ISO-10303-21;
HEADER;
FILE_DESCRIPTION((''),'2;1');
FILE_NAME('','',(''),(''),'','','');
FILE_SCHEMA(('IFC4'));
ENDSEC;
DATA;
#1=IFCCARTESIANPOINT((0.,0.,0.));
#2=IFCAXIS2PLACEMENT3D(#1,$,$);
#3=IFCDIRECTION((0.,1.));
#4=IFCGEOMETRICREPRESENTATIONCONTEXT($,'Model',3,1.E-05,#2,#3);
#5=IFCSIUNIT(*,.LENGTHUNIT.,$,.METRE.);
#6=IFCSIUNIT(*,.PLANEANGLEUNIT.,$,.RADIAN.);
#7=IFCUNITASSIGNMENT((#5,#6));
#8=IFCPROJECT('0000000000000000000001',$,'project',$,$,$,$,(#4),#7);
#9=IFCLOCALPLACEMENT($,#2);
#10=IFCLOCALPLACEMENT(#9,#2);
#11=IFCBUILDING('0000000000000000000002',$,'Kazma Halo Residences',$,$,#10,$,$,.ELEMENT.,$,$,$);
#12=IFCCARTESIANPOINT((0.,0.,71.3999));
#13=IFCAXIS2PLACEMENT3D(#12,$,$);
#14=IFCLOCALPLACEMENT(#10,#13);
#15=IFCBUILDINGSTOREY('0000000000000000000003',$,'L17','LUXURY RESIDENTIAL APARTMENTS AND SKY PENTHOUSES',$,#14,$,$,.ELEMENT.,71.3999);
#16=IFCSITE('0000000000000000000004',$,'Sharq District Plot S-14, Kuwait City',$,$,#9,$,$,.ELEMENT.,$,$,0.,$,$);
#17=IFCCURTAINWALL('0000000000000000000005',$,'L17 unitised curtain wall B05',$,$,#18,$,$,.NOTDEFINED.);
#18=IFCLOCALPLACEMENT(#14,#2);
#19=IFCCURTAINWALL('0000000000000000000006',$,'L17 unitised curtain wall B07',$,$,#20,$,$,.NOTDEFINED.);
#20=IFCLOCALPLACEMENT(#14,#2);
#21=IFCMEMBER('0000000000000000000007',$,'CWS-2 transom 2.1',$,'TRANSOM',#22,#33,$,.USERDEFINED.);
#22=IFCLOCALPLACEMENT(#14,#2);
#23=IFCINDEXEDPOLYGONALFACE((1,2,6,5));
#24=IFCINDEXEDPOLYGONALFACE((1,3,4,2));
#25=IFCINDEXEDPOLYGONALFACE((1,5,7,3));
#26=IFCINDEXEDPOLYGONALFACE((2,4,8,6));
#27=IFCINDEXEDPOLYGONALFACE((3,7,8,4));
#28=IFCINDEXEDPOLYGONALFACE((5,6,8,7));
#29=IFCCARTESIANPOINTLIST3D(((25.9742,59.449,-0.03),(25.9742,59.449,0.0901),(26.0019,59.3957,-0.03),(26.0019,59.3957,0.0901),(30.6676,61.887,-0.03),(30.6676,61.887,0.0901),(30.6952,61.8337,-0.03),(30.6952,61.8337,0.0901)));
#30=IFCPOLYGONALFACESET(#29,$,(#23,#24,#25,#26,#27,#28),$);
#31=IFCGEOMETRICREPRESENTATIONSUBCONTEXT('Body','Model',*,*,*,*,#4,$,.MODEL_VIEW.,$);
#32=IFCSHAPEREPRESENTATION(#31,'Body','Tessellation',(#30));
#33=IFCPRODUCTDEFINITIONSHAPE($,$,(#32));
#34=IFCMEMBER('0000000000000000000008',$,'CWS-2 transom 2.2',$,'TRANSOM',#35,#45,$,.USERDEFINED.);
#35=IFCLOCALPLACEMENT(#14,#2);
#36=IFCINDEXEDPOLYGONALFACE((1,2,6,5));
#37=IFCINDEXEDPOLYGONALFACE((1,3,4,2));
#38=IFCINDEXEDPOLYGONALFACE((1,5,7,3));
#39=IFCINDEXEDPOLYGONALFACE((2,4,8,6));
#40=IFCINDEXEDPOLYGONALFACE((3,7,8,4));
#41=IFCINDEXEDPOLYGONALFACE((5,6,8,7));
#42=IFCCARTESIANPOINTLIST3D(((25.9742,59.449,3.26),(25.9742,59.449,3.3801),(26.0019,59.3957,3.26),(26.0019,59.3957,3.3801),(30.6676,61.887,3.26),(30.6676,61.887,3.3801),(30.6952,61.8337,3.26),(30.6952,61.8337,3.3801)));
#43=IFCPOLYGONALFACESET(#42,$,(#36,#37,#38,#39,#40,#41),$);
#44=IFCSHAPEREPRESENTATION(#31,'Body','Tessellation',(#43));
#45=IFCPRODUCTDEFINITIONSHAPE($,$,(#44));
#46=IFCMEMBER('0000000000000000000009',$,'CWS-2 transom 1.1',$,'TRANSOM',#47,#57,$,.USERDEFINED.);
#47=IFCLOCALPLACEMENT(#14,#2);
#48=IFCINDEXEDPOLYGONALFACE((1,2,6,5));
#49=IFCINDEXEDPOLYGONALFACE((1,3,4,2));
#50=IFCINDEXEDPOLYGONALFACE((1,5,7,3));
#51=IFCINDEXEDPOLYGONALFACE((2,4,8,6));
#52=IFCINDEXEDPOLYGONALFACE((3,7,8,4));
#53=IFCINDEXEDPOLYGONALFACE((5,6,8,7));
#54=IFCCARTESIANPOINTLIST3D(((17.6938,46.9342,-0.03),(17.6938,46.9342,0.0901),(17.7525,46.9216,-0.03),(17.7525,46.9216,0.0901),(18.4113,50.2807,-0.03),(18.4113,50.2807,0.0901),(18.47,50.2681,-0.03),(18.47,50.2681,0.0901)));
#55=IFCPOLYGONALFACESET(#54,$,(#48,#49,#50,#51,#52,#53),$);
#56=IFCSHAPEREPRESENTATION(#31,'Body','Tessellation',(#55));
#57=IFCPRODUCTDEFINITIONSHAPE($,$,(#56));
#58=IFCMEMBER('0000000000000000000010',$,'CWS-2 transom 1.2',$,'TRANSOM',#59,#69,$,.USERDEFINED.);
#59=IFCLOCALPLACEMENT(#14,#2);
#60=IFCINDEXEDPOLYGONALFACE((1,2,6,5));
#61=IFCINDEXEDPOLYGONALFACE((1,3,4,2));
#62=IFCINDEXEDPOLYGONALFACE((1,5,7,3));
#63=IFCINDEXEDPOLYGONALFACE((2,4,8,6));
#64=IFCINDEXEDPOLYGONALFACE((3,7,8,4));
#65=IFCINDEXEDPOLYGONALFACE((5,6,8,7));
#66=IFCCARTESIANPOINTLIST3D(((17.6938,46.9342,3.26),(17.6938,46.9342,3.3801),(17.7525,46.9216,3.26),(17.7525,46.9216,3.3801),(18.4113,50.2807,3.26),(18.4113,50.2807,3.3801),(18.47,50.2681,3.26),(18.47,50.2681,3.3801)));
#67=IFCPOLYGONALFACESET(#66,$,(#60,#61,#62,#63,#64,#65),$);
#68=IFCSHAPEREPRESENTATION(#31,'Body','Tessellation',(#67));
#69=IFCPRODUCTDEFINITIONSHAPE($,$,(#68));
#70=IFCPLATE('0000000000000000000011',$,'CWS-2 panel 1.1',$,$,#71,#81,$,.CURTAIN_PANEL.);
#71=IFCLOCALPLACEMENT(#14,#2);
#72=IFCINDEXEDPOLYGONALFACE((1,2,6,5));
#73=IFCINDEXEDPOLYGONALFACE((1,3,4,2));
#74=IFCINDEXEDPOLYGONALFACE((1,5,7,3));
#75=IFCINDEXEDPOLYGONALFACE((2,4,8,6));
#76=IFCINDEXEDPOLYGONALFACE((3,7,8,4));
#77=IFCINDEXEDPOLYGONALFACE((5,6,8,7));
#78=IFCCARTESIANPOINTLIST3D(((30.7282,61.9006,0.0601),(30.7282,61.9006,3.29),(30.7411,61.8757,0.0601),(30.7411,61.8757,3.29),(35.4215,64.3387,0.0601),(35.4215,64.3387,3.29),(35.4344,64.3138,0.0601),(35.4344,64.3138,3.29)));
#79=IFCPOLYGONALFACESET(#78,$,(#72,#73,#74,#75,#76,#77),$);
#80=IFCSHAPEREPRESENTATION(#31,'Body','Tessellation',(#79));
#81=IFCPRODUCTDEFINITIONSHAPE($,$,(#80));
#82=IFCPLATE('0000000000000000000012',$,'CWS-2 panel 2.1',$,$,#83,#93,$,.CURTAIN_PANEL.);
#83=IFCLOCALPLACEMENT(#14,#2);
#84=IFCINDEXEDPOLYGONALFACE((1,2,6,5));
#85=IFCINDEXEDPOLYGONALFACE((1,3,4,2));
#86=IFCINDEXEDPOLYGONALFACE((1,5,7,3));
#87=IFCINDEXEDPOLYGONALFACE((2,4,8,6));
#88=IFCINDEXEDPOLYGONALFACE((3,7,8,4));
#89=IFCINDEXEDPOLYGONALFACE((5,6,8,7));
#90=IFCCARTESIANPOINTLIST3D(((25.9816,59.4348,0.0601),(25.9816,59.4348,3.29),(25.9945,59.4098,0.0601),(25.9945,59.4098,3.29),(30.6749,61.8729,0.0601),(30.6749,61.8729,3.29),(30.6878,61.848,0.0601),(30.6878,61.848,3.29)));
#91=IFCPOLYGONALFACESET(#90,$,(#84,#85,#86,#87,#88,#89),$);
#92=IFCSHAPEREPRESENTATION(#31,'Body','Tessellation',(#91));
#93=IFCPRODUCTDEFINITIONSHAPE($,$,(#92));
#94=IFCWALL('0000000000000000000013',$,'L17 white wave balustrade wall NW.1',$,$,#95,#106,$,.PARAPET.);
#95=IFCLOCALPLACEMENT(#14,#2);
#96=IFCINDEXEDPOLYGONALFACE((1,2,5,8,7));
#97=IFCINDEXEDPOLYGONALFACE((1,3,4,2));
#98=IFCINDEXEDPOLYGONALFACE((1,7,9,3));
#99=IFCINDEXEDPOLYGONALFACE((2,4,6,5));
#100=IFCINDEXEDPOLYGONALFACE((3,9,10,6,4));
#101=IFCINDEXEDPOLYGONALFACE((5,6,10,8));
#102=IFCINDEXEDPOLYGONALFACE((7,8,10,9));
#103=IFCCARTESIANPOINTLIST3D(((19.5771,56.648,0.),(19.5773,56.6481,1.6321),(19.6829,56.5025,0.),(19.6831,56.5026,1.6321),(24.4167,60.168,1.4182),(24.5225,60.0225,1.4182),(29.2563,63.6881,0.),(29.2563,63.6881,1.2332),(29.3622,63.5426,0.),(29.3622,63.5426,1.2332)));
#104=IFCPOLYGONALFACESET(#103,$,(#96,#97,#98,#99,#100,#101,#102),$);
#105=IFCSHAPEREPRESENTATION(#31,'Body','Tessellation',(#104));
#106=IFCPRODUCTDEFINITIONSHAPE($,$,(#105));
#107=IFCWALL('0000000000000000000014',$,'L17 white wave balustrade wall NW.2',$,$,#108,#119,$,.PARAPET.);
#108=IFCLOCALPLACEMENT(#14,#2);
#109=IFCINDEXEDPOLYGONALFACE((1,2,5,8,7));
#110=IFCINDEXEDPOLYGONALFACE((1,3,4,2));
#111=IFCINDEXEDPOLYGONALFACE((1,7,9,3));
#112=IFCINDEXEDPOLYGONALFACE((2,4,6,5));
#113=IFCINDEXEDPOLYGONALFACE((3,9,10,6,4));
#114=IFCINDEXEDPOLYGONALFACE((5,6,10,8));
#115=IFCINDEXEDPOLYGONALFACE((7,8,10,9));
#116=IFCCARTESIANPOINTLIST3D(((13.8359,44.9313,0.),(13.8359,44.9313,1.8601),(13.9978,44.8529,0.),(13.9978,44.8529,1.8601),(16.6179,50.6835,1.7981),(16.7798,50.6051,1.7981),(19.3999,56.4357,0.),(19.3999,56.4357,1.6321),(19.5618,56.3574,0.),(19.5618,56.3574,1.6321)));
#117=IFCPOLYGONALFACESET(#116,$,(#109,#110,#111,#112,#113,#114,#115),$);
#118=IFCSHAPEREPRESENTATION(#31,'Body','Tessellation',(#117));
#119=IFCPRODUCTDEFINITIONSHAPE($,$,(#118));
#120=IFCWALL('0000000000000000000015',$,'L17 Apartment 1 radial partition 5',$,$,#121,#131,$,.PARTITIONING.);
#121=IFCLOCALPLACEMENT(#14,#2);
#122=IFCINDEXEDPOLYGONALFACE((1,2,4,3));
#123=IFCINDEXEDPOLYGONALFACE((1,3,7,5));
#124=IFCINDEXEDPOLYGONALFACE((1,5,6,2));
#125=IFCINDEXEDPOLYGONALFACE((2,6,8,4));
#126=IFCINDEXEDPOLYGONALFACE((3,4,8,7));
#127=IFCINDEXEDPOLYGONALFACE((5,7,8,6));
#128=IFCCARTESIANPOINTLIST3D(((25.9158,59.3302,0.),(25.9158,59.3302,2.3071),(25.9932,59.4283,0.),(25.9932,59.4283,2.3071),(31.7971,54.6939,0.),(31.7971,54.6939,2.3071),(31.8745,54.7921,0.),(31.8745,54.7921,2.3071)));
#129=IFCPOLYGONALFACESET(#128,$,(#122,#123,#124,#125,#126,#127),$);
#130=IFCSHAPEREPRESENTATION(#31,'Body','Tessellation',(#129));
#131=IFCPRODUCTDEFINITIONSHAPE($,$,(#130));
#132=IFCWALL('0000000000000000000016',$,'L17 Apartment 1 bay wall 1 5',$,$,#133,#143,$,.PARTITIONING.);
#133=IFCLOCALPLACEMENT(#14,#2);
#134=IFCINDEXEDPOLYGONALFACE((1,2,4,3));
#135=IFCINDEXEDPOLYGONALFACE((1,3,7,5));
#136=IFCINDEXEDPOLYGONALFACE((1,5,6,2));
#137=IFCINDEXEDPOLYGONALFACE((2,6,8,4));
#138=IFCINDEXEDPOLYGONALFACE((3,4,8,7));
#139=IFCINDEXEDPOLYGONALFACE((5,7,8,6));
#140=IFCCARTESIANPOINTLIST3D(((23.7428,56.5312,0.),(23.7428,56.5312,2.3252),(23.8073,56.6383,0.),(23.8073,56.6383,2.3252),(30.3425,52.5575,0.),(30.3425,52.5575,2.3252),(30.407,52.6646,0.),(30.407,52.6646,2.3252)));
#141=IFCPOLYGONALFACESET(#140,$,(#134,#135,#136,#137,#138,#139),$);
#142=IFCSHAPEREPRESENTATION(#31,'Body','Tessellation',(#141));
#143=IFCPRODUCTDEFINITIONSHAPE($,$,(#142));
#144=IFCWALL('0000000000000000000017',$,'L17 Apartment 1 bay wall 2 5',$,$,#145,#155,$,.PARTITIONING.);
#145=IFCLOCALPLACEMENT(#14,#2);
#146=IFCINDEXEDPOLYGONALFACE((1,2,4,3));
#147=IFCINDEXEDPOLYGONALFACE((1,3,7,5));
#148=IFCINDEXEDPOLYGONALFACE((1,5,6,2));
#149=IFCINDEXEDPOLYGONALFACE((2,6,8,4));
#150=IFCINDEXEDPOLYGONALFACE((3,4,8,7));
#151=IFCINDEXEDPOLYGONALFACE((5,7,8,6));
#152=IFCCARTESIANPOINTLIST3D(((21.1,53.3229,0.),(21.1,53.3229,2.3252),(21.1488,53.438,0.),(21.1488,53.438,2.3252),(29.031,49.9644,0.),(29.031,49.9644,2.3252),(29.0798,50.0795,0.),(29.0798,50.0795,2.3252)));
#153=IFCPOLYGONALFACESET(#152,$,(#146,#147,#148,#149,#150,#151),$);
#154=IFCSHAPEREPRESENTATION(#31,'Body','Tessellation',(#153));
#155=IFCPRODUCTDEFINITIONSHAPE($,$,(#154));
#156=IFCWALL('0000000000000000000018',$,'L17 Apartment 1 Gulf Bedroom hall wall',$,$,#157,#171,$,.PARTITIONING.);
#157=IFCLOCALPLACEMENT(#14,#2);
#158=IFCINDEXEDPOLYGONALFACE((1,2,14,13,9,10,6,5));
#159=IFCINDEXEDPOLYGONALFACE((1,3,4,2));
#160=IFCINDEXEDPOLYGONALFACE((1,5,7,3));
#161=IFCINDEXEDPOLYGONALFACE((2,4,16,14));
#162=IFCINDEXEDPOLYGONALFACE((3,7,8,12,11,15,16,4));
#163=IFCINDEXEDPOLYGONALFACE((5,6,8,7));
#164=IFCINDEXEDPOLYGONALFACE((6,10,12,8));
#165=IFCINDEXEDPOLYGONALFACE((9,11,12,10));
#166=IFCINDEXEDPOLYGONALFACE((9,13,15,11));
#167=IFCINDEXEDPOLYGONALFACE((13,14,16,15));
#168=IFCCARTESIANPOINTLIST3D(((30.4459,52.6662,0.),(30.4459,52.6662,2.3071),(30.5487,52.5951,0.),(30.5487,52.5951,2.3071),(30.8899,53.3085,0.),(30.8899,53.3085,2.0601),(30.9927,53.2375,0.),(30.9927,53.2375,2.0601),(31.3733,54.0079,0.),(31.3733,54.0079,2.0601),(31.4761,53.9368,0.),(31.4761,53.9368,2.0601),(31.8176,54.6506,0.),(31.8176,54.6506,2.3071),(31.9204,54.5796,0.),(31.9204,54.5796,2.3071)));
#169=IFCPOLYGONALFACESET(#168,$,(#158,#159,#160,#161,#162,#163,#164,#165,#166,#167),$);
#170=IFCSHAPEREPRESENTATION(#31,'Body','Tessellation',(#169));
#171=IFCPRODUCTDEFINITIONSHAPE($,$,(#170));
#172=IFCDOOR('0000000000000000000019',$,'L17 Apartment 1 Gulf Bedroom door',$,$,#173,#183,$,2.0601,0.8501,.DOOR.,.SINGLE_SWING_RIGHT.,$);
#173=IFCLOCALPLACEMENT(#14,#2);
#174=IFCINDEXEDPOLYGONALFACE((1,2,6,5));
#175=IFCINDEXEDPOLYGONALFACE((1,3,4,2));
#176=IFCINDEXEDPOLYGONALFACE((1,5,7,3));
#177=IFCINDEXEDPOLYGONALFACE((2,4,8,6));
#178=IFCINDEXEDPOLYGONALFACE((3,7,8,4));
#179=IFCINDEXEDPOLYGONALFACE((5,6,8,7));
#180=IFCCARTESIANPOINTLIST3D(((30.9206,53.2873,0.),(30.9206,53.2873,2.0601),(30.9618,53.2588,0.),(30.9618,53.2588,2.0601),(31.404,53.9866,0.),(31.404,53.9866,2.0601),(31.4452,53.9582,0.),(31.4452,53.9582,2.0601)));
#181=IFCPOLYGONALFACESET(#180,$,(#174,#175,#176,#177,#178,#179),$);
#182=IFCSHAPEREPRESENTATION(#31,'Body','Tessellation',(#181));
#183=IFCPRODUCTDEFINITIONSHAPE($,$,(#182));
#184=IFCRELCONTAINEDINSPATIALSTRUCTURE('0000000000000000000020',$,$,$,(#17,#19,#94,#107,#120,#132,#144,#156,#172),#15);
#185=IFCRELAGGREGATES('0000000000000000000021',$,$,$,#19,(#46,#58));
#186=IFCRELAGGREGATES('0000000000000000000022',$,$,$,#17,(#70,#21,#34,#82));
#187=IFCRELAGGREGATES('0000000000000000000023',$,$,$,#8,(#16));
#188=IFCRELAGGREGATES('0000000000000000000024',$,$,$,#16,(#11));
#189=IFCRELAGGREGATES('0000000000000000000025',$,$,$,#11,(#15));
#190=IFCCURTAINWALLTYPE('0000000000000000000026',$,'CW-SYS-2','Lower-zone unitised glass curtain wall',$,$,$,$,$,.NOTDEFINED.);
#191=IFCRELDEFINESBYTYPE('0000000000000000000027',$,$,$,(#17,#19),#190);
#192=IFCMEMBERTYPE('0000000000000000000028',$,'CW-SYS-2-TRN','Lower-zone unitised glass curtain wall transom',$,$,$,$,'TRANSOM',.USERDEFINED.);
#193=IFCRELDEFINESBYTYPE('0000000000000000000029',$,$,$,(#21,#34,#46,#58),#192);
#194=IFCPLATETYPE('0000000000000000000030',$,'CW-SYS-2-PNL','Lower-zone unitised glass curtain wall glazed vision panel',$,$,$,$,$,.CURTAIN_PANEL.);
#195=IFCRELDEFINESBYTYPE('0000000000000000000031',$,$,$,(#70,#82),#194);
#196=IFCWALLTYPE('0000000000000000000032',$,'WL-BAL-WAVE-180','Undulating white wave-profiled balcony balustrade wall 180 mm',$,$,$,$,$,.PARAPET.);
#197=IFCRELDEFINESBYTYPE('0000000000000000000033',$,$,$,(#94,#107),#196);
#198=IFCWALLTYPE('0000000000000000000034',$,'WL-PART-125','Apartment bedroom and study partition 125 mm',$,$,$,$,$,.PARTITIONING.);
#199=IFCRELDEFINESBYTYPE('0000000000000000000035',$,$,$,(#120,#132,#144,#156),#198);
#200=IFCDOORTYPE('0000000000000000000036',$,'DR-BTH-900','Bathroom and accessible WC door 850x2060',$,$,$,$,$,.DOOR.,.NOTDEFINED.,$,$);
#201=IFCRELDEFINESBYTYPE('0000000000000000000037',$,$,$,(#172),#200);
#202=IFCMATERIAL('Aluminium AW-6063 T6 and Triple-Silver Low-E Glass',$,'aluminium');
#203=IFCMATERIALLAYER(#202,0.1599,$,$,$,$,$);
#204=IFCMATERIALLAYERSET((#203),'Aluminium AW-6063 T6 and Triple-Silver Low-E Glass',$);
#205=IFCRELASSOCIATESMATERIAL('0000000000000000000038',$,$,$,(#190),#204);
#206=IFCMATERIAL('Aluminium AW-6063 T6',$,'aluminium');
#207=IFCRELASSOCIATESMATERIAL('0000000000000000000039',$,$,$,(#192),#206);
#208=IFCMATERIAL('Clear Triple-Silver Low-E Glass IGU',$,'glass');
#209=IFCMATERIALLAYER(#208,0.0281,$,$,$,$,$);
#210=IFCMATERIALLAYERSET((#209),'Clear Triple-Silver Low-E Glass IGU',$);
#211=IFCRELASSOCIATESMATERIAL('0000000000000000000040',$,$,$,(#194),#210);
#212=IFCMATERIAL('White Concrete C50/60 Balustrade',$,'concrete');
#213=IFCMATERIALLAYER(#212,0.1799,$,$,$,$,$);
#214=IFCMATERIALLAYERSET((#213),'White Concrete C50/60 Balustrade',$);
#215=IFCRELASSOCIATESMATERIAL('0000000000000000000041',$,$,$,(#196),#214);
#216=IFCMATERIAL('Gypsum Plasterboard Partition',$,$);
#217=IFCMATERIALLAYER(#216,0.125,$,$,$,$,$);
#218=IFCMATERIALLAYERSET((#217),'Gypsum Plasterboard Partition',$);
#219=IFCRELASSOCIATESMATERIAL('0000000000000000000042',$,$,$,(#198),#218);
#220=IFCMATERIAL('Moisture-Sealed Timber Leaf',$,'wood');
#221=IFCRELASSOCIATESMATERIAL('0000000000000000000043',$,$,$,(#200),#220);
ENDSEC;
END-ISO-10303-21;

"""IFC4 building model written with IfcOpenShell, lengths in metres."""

from ifc_helpers import new_model, si_unit, direction, frame, frame_2d, origin, origin_2d, place, context, subcontext, project, spatial, polyline, rectangle, outline, extrude, material, layer, layer_set, material_profile, profile_set, type_object, element, fill, aggregate, save


model = new_model("IFC4")

# Units and contexts
model_context = context("Model", 3, precision=1e-05, world=origin(), true_north=direction((0.0, 1.0)))
body_context = subcontext(model_context, "Body", "Model", "MODEL_VIEW")
ifc_project = project(units=[si_unit("LENGTHUNIT", "METRE"), si_unit("PLANEANGLEUNIT", "RADIAN")], contexts=[model_context])

# Site, building, storey
site_placement = place(None, origin())
site = spatial("IfcSite", under=ifc_project, at=site_placement, Name="Sharq District Plot S-14, Kuwait City", CompositionType="ELEMENT", RefElevation=0.0)
building_placement = place(site_placement, origin())
building = spatial("IfcBuilding", under=site, at=building_placement, Name="Kazma Halo Residences", CompositionType="ELEMENT")
storey_placement = place(building_placement, frame((0.0, 0.0, 71.3999)))
storey = spatial("IfcBuildingStorey", under=building, at=storey_placement, Name="L17", Description="LUXURY RESIDENTIAL APARTMENTS AND SKY PENTHOUSES", CompositionType="ELEMENT", Elevation=71.3999)

# Curtain wall
ifc_material_1 = material(Name="Aluminium AW-6063 T6 and Triple-Silver Low-E Glass", Category="aluminium")
ifc_layer_1 = layer(ifc_material_1, 0.1599)
ifc_layer_set_1 = layer_set([ifc_layer_1], Name="Aluminium AW-6063 T6 and Triple-Silver Low-E Glass")
curtain_wall_type = type_object("IfcCurtainWallType", Name="CW-SYS-2", Description="Lower-zone unitised glass curtain wall", PredefinedType="NOTDEFINED", material=ifc_layer_set_1)
curtain_wall_1_placement = place(storey_placement, origin())
curtain_wall_1 = element("IfcCurtainWall", 1, at=curtain_wall_1_placement, inside=storey, type_object=curtain_wall_type, Name="L17 unitised curtain wall B05", PredefinedType="NOTDEFINED")
ifc_material_2 = material(Name="Aluminium AW-6063 T6", Category="aluminium")

# Curtain wall
curtain_wall_2_placement = place(storey_placement, origin())
curtain_wall_2 = element("IfcCurtainWall", 2, at=curtain_wall_2_placement, inside=storey, type_object=curtain_wall_type, Name="L17 unitised curtain wall B07", PredefinedType="NOTDEFINED")

# Members
ifc_material_profile_1 = material_profile(ifc_material_2, rectangle(XDim=0.0601, YDim=0.1201, at=origin_2d()), Name="CWT-60x120")
ifc_profile_set_1 = profile_set([ifc_material_profile_1], Name="Aluminium AW-6063 T6")
member_type_1 = type_object("IfcMemberType", Name="CW-SYS-2-TRN", Description="Lower-zone unitised glass curtain wall transom", ElementType="TRANSOM", PredefinedType="USERDEFINED", material=ifc_profile_set_1)
member_1_placement = place(storey_placement, frame((30.6814, 61.8604, 0.03), z_axis=(-0.887415, -0.460972, 0.0), x_axis=(0.460972, -0.887415, 0.0)))
member_1 = element("IfcMember", 3, at=member_1_placement, type_object=member_type_1, Name="CWS-2 transom 2.1", ObjectType="TRANSOM", PredefinedType="USERDEFINED", context=body_context, shape_type="SweptSolid", body=[
    extrude(rectangle(XDim=0.0601, YDim=0.1201, at=origin_2d()), origin(), (0.0, 0.0, 1.0), 5.2888),
])
member_2_placement = place(storey_placement, frame((30.6814, 61.8604, 3.3201), z_axis=(-0.887415, -0.460972, 0.0), x_axis=(0.460972, -0.887415, 0.0)))
member_2 = element("IfcMember", 4, at=member_2_placement, type_object=member_type_1, Name="CWS-2 transom 2.2", ObjectType="TRANSOM", PredefinedType="USERDEFINED", context=body_context, shape_type="SweptSolid", body=[
    extrude(rectangle(XDim=0.0601, YDim=0.1201, at=origin_2d()), origin(), (0.0, 0.0, 1.0), 5.2888),
])
member_3_placement = place(storey_placement, frame((18.4407, 50.2744, 0.03), z_axis=(-0.209651, -0.977776, 0.0), x_axis=(0.977776, -0.209651, 0.0)))
member_3 = element("IfcMember", 5, at=member_3_placement, type_object=member_type_1, Name="CWS-2 transom 1.1", ObjectType="TRANSOM", PredefinedType="USERDEFINED", context=body_context, shape_type="SweptSolid", body=[
    extrude(rectangle(XDim=0.0601, YDim=0.1201, at=origin_2d()), origin(), (0.0, 0.0, 1.0), 3.4226),
])
member_4_placement = place(storey_placement, frame((18.4407, 50.2744, 3.3201), z_axis=(-0.209651, -0.977776, 0.0), x_axis=(0.977776, -0.209651, 0.0)))
member_4 = element("IfcMember", 6, at=member_4_placement, type_object=member_type_1, Name="CWS-2 transom 1.2", ObjectType="TRANSOM", PredefinedType="USERDEFINED", context=body_context, shape_type="SweptSolid", body=[
    extrude(rectangle(XDim=0.0601, YDim=0.1201, at=origin_2d()), origin(), (0.0, 0.0, 1.0), 3.4226),
])
aggregate(curtain_wall_2, [member_3, member_4])

# Plates
ifc_material_3 = material(Name="Clear Triple-Silver Low-E Glass IGU", Category="glass")
ifc_layer_2 = layer(ifc_material_3, 0.0281)
ifc_layer_set_2 = layer_set([ifc_layer_2], Name="Clear Triple-Silver Low-E Glass IGU")
plate_type = type_object("IfcPlateType", Name="CW-SYS-2-PNL", Description="Lower-zone unitised glass curtain wall glazed vision panel", PredefinedType="CURTAIN_PANEL", material=ifc_layer_set_2)
plate_1_placement = place(storey_placement, frame((33.0813, 63.1072, 0.0601), z_axis=(0.0, 0.0, 1.0), x_axis=(-0.887402, -0.460996, 0.0)))
plate_1 = element("IfcPlate", 7, at=plate_1_placement, type_object=plate_type, Name="CWS-2 panel 1.1", PredefinedType="CURTAIN_PANEL", context=body_context, shape_type="SweptSolid", body=[
    extrude(rectangle(XDim=5.2888, YDim=0.0281, at=origin_2d()), origin(), (0.0, 0.0, 1.0), 3.23),
])
plate_2_placement = place(storey_placement, frame((28.3347, 60.6414, 0.0601), z_axis=(0.0, 0.0, 1.0), x_axis=(-0.887402, -0.460996, 0.0)))
plate_2 = element("IfcPlate", 8, at=plate_2_placement, type_object=plate_type, Name="CWS-2 panel 2.1", PredefinedType="CURTAIN_PANEL", context=body_context, shape_type="SweptSolid", body=[
    extrude(rectangle(XDim=5.2888, YDim=0.0281, at=origin_2d()), origin(), (0.0, 0.0, 1.0), 3.23),
])
aggregate(curtain_wall_1, [plate_1, member_1, member_2, plate_2])

# Walls
ifc_material_4 = material(Name="White Concrete C50/60 Balustrade", Category="concrete")
ifc_layer_3 = layer(ifc_material_4, 0.1799)
ifc_layer_set_3 = layer_set([ifc_layer_3], Name="White Concrete C50/60 Balustrade")
wall_type_1 = type_object("IfcWallType", Name="WL-BAL-WAVE-180", Description="Undulating white wave-profiled balcony balustrade wall 180 mm", PredefinedType="PARAPET", material=ifc_layer_set_3)
wall_1_placement = place(storey_placement, frame((29.3093, 63.6152, 0.0), z_axis=(0.0, 0.0, 1.0), x_axis=(-0.808711, -0.588206, 0.0)))
element("IfcWall", 9, at=wall_1_placement, inside=storey, type_object=wall_type_1, Name="L17 white wave balustrade wall NW.1", PredefinedType="PARAPET", context=body_context, shape_type="SweptSolid", body=[
    extrude(outline(polyline([(0.0, 0.0), (11.9688, 0.0), (11.9685, 1.6321), (5.9844, 1.4182), (0.0, 1.2332), (0.0, 0.0)])), frame((0.0, 0.0898, 0.0), z_axis=(0.0, -1.0, 0.0), x_axis=(1.0, 0.0, 0.0)), (0.0, 0.0, 1.0), 0.1799),
])
wall_2_placement = place(storey_placement, frame((19.481, 56.3965, 0.0), z_axis=(0.0, 0.0, 1.0), x_axis=(-0.435391, -0.900241, 0.0)))
element("IfcWall", 10, at=wall_2_placement, inside=storey, type_object=wall_type_1, Name="L17 white wave balustrade wall NW.2", PredefinedType="PARAPET", context=body_context, shape_type="SweptSolid", body=[
    extrude(outline(polyline([(0.0, 0.0), (12.7793, 0.0), (12.7793, 1.8601), (6.3896, 1.7981), (0.0, 1.6321), (0.0, 0.0)])), frame((0.0, 0.0898, 0.0), z_axis=(0.0, -1.0, 0.0), x_axis=(1.0, 0.0, 0.0)), (0.0, 0.0, 1.0), 0.1799),
])

# Walls
ifc_material_5 = material(Name="Gypsum Plasterboard Partition")
ifc_layer_4 = layer(ifc_material_5, 0.125)
ifc_layer_set_4 = layer_set([ifc_layer_4], Name="Gypsum Plasterboard Partition")
wall_type_2 = type_object("IfcWallType", Name="WL-PART-125", Description="Apartment bedroom and study partition 125 mm", PredefinedType="PARTITIONING", material=ifc_layer_set_4)
wall_3_placement = place(storey_placement, frame((31.8359, 54.7429, 0.0), z_axis=(0.0, 0.0, 1.0), x_axis=(-0.785333, 0.619073, 0.0)))
element("IfcWall", 11, at=wall_3_placement, inside=storey, type_object=wall_type_2, Name="L17 Apartment 1 radial partition 5", PredefinedType="PARTITIONING", context=body_context, shape_type="SweptSolid", body=[
    extrude(rectangle(XDim=7.489, YDim=0.125, at=frame_2d((3.7446, 0.0))), origin(), (0.0, 0.0, 1.0), 2.3071),
])
wall_4_placement = place(storey_placement, frame((30.3748, 52.6111, 0.0), z_axis=(0.0, 0.0, 1.0), x_axis=(-0.856698, 0.515819, 0.0)))
element("IfcWall", 12, at=wall_4_placement, inside=storey, type_object=wall_type_2, Name="L17 Apartment 1 bay wall 1 5", PredefinedType="PARTITIONING", context=body_context, shape_type="SweptSolid", body=[
    extrude(rectangle(XDim=7.7036, YDim=0.125, at=frame_2d((3.8518, 0.0))), origin(), (0.0, 0.0, 1.0), 2.3252),
])
wall_5_placement = place(storey_placement, frame((29.0554, 50.022, 0.0), z_axis=(0.0, 0.0, 1.0), x_axis=(-0.920842, 0.389937, 0.0)))
element("IfcWall", 13, at=wall_5_placement, inside=storey, type_object=wall_type_2, Name="L17 Apartment 1 bay wall 2 5", PredefinedType="PARTITIONING", context=body_context, shape_type="SweptSolid", body=[
    extrude(rectangle(XDim=8.6128, YDim=0.125, at=frame_2d((4.3064, 0.0))), origin(), (0.0, 0.0, 1.0), 2.3252),
])

# Wall, opening, door
wall_6_placement = place(storey_placement, frame((31.8689, 54.615, 0.0), z_axis=(0.0, 0.0, 1.0), x_axis=(-0.568589, -0.822622, 0.0)))
wall_6 = element("IfcWall", 14, at=wall_6_placement, inside=storey, type_object=wall_type_2, Name="L17 Apartment 1 Gulf Bedroom hall wall", PredefinedType="PARTITIONING", context=body_context, shape_type="SweptSolid", body=[
    extrude(rectangle(XDim=2.4124, YDim=0.125, at=frame_2d((1.2061, 0.0))), origin(), (0.0, 0.0, 1.0), 2.3071),
])
opening_1_placement = place(wall_6_placement, frame((0.7812, 0.0, 0.0)))
opening_1 = element("IfcOpeningElement", 15, at=opening_1_placement, cuts=wall_6, PredefinedType="OPENING", context=body_context, shape_type="SweptSolid", body=[
    extrude(rectangle(XDim=0.8501, YDim=2.0601, at=frame_2d((0.425, 1.03))), frame((0.0, 0.0725, 0.0), z_axis=(0.0, -1.0, 0.0), x_axis=(1.0, 0.0, 0.0)), (0.0, 0.0, 1.0), 0.145),
])
ifc_material_6 = material(Name="Moisture-Sealed Timber Leaf", Category="wood")
door_type_1 = type_object("IfcDoorType", Name="DR-BTH-900", Description="Bathroom and accessible WC door 850x2060", OperationType="NOTDEFINED", PredefinedType="DOOR", material=ifc_material_6)
door_1_placement = place(opening_1_placement, origin())
door_1 = element("IfcDoor", 16, at=door_1_placement, inside=storey, type_object=door_type_1, Name="L17 Apartment 1 Gulf Bedroom door", OperationType="SINGLE_SWING_RIGHT", OverallHeight=2.0601, OverallWidth=0.8501, PredefinedType="DOOR", context=body_context, shape_type="SweptSolid", body=[
    extrude(rectangle(XDim=0.8501, YDim=2.0601, at=frame_2d((0.425, 1.03))), frame((0.0, 0.0249, 0.0), z_axis=(0.0, -1.0, 0.0), x_axis=(1.0, 0.0, 0.0)), (0.0, 0.0, 1.0), 0.05),
])
fill(opening_1, door_1)

save(model, "model.ifc")
